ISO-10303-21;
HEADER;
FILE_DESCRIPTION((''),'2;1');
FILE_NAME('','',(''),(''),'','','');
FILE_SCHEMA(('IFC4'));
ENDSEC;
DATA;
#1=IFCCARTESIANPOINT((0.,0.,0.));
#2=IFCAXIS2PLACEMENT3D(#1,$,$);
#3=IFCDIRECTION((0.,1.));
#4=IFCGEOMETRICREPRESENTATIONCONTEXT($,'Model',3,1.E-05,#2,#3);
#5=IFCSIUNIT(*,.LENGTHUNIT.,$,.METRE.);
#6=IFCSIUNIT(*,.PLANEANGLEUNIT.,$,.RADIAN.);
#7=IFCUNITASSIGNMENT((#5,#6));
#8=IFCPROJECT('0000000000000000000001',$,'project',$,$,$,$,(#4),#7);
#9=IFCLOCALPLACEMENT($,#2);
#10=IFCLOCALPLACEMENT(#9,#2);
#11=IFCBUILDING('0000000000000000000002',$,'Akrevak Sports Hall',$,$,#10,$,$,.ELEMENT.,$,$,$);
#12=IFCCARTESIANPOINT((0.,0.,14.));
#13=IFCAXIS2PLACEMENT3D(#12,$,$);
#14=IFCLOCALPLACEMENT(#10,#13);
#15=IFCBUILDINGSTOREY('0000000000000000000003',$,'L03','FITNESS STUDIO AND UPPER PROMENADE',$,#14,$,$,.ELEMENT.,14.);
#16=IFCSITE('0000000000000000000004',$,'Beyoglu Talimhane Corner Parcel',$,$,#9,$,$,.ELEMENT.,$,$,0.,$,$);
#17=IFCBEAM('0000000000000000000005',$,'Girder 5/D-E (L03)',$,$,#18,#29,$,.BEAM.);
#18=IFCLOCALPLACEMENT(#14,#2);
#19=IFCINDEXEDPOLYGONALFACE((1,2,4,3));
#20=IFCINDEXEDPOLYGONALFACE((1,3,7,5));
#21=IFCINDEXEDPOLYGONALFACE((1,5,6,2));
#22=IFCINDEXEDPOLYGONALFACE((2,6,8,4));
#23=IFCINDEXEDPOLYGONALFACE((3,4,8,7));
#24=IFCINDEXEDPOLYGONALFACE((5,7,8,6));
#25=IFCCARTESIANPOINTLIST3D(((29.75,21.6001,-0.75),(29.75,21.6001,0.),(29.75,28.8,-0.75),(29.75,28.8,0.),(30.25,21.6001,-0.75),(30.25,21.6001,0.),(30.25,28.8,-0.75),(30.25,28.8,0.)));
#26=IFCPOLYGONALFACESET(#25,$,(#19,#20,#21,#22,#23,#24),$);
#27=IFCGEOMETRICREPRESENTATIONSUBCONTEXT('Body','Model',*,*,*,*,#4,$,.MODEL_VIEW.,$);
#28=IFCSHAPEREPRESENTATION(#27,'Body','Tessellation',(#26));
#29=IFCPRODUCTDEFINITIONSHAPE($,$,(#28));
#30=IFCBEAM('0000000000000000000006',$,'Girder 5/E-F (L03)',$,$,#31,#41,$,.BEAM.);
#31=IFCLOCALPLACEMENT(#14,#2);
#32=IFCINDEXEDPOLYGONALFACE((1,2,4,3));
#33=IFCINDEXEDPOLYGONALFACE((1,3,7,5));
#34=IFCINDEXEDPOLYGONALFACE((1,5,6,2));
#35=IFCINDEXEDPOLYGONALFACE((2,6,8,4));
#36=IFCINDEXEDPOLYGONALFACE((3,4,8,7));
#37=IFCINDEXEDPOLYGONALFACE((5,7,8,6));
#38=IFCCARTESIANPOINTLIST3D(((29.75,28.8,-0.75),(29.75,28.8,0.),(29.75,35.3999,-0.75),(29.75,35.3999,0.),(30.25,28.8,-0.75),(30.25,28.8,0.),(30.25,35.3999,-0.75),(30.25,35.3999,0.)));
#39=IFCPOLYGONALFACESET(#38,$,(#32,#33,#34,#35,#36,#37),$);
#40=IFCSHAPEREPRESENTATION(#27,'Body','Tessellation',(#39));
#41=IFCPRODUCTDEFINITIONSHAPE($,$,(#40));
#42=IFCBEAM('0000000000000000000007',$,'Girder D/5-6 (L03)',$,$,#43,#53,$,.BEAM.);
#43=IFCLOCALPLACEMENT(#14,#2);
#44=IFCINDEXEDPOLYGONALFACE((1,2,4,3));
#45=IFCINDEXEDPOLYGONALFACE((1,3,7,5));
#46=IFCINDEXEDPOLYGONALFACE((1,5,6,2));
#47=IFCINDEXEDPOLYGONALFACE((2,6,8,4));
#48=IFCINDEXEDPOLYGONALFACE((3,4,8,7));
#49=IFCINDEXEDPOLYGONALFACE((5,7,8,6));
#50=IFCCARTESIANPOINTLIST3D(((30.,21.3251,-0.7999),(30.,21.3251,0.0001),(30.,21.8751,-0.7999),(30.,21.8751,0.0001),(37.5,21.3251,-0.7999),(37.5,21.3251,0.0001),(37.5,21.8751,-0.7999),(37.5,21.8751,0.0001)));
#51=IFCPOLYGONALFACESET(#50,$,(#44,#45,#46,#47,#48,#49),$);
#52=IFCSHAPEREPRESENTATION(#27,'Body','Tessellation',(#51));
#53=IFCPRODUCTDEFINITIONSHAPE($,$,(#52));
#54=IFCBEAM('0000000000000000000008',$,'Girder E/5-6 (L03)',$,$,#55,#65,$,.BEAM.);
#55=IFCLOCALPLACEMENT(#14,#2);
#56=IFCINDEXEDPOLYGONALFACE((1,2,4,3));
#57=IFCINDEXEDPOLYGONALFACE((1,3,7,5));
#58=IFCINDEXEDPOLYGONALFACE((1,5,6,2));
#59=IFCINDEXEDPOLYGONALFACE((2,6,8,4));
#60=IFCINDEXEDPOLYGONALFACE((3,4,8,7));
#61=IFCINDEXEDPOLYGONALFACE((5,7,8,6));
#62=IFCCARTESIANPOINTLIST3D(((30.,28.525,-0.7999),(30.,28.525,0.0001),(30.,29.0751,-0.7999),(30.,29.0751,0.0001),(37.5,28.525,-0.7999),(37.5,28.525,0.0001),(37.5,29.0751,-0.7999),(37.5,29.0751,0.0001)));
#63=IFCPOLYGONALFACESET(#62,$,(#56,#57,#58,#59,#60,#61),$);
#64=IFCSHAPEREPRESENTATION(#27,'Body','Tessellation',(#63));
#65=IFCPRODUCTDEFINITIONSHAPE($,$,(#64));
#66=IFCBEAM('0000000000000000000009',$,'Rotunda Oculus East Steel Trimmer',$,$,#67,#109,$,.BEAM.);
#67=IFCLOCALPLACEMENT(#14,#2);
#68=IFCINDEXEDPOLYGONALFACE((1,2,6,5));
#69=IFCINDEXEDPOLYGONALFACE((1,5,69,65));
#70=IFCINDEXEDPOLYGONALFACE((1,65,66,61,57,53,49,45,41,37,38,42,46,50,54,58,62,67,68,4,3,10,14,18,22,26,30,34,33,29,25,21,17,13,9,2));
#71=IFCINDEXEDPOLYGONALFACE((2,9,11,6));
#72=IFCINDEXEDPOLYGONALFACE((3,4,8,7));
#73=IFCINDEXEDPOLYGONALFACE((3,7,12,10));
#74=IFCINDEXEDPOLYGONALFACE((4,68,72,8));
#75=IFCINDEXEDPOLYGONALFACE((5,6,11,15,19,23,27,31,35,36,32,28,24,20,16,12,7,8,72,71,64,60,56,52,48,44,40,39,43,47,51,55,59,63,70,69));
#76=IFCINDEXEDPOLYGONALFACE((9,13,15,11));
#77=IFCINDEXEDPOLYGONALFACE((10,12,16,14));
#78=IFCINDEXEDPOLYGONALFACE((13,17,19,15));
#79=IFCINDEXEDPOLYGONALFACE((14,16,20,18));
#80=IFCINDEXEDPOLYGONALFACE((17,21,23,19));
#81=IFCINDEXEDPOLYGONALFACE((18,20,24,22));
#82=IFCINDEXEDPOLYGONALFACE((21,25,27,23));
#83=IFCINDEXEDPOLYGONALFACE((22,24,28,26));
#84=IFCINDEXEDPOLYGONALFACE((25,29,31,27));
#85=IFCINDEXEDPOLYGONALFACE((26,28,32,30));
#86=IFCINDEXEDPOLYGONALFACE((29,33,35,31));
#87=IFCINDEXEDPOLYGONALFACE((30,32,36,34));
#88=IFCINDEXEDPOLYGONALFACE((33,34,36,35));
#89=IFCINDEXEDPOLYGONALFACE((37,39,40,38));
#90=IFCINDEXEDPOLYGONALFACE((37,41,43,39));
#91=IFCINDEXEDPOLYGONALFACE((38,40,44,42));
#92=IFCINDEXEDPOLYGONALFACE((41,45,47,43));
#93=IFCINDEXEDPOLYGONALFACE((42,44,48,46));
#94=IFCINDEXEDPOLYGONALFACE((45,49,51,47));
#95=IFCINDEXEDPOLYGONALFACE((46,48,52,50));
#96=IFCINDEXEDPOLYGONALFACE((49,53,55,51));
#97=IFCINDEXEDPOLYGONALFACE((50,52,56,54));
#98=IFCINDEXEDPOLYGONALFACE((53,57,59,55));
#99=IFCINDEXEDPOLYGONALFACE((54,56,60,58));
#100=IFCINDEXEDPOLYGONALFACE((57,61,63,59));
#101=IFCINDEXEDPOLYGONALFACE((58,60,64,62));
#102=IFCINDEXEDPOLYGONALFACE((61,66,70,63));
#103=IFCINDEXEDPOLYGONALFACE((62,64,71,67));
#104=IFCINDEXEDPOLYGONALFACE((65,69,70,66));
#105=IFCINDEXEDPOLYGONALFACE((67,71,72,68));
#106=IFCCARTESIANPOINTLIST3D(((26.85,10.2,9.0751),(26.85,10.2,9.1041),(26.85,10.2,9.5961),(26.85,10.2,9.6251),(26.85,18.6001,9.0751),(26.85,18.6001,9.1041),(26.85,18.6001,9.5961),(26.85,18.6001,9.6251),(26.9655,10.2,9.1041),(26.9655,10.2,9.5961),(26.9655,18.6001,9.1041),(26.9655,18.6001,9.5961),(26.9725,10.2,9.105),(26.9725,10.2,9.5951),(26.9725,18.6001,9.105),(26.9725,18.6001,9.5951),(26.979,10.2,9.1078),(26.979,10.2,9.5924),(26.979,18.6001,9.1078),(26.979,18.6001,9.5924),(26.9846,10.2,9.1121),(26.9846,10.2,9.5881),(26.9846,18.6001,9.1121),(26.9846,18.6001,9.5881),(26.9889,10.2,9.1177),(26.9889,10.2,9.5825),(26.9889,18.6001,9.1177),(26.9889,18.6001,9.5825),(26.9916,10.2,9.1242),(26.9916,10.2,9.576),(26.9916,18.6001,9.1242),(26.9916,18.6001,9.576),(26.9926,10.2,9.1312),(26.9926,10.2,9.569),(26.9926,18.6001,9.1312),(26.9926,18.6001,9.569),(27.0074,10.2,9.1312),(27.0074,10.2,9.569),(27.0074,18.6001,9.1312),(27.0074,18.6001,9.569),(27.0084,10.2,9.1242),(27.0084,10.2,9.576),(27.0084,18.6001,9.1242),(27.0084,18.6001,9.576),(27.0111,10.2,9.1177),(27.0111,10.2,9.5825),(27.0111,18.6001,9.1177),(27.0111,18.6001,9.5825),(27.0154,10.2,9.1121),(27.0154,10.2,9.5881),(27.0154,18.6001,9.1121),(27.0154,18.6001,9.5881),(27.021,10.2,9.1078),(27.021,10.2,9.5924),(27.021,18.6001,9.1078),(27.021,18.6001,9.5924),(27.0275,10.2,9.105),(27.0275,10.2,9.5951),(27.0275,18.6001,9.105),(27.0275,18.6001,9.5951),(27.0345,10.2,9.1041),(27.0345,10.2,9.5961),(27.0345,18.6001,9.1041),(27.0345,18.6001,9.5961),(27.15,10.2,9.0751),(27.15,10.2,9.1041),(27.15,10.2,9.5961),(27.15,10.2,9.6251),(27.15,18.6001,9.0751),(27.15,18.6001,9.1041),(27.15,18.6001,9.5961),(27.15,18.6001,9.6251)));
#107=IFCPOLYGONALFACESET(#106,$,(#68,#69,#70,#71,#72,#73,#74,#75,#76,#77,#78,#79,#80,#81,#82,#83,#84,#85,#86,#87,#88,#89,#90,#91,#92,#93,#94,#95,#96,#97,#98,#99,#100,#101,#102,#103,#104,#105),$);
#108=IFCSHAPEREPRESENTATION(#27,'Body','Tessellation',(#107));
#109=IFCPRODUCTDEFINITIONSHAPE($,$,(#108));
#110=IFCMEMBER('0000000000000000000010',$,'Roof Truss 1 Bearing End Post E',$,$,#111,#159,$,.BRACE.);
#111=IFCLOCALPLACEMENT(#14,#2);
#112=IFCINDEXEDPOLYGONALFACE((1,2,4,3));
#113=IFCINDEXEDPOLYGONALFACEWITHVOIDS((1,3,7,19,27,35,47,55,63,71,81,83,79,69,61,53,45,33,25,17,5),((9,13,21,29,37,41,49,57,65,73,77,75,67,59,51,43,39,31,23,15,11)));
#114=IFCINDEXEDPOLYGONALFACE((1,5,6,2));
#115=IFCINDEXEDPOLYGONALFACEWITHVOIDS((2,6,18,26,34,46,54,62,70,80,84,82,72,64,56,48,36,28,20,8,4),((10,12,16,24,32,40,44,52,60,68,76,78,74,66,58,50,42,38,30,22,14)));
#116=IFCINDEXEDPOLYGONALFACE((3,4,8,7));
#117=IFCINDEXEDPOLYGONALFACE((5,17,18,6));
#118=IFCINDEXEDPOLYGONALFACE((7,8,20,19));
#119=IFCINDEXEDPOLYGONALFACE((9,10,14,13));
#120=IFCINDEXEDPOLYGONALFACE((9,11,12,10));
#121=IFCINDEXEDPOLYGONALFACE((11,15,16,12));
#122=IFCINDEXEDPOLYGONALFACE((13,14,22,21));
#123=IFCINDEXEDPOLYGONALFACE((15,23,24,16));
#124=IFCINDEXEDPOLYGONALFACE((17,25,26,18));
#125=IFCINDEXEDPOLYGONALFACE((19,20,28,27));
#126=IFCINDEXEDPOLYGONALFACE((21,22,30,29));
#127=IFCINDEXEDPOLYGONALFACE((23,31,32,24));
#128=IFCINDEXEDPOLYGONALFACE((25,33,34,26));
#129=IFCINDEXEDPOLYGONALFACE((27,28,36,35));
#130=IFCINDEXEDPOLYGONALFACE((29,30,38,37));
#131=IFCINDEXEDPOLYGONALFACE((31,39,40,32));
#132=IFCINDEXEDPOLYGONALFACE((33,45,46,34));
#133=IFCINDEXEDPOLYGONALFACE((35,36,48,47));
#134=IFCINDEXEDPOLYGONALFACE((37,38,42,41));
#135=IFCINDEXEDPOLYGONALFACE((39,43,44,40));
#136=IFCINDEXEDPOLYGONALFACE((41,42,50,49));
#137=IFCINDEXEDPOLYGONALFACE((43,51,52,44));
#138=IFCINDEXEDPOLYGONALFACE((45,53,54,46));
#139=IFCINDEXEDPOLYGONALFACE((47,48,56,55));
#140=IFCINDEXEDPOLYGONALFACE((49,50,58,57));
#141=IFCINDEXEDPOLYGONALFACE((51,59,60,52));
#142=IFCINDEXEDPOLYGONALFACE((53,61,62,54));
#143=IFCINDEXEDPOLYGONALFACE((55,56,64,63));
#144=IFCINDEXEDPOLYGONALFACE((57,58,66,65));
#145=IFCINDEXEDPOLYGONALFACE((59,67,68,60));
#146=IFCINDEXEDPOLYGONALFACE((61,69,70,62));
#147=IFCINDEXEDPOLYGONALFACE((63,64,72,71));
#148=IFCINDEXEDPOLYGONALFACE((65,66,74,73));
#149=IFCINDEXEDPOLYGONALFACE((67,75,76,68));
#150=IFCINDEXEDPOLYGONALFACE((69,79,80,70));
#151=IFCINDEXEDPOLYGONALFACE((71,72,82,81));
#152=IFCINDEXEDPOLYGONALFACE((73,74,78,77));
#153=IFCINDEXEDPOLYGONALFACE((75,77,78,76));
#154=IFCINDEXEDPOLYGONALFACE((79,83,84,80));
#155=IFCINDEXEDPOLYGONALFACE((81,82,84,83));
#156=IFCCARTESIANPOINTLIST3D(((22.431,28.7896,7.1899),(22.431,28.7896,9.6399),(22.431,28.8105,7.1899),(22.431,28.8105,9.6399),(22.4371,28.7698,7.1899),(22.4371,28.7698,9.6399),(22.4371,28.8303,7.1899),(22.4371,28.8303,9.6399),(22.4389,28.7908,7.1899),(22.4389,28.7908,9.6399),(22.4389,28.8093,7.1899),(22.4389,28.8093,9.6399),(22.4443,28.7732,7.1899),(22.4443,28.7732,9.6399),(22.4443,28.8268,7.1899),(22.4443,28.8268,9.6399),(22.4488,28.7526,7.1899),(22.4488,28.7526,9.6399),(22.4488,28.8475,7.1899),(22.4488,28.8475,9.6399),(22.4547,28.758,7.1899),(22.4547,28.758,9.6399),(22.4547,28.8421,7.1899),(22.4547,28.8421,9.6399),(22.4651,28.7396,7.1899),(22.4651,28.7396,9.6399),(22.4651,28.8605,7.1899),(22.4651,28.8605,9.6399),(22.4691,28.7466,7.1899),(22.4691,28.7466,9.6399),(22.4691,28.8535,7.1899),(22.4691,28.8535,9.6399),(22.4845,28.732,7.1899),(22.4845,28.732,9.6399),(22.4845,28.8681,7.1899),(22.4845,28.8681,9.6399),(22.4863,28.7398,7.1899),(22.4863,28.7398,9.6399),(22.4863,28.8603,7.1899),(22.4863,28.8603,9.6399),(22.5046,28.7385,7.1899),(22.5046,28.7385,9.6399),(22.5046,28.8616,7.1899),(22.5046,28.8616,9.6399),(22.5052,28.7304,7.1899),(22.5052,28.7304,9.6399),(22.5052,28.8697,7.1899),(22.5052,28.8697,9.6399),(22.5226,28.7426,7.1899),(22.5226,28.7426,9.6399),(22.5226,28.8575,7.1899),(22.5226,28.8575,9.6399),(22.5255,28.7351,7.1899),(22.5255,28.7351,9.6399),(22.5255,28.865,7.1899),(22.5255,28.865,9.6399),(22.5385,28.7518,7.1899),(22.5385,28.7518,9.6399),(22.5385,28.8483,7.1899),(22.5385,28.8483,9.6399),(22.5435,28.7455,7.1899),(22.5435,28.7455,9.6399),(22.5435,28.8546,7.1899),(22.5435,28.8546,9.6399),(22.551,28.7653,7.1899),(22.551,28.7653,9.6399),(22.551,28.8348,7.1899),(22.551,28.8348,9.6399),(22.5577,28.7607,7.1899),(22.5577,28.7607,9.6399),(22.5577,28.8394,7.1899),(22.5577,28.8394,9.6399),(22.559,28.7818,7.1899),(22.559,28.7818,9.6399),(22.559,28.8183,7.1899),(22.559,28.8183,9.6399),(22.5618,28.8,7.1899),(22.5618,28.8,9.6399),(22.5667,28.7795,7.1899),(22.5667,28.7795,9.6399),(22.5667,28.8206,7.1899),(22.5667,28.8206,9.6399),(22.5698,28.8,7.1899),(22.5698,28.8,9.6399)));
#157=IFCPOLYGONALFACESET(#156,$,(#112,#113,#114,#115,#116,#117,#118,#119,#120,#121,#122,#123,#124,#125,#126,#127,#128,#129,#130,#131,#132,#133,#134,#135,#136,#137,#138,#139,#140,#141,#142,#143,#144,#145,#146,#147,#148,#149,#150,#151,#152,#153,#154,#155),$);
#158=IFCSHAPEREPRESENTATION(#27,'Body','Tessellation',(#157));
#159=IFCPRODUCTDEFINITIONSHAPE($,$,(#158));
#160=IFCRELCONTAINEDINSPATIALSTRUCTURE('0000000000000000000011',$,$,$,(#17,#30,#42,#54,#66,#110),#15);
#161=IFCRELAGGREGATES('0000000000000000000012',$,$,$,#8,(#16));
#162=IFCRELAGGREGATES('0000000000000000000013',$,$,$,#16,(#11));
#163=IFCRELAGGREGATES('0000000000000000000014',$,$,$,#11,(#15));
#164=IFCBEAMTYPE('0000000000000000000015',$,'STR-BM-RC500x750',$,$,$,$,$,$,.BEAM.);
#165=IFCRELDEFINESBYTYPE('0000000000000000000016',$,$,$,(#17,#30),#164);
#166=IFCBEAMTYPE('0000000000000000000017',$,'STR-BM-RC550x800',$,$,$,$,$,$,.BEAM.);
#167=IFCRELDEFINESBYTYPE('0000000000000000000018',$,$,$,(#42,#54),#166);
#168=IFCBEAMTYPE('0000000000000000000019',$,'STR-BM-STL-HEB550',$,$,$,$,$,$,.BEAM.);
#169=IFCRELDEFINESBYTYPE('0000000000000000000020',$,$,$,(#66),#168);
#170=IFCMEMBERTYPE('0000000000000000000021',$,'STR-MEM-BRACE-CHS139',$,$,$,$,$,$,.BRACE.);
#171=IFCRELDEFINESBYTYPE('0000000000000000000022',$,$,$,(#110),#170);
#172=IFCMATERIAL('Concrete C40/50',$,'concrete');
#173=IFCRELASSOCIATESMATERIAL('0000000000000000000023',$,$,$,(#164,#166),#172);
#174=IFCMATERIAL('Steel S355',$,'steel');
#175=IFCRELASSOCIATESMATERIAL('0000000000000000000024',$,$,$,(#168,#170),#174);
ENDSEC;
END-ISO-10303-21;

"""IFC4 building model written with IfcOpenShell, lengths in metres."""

from ifc_helpers import new_model, si_unit, direction, frame, origin, origin_2d, place, context, subcontext, project, spatial, rectangle, hollow_circle, i_section, extrude, material, material_profile, profile_set, type_object, element, save


model = new_model("IFC4")

# Units and contexts
model_context = context("Model", 3, precision=1e-05, world=origin(), true_north=direction((0.0, 1.0)))
body_context = subcontext(model_context, "Body", "Model", "MODEL_VIEW")
ifc_project = project(units=[si_unit("LENGTHUNIT", "METRE"), si_unit("PLANEANGLEUNIT", "RADIAN")], contexts=[model_context])

# Site, building, storey
site_placement = place(None, origin())
site = spatial("IfcSite", under=ifc_project, at=site_placement, Name="Beyoglu Talimhane Corner Parcel", CompositionType="ELEMENT", RefElevation=0.0)
building_placement = place(site_placement, origin())
building = spatial("IfcBuilding", under=site, at=building_placement, Name="Akrevak Sports Hall", CompositionType="ELEMENT")
storey_placement = place(building_placement, frame((0.0, 0.0, 14.0)))
storey = spatial("IfcBuildingStorey", under=building, at=storey_placement, Name="L03", Description="FITNESS STUDIO AND UPPER PROMENADE", CompositionType="ELEMENT", Elevation=14.0)

# Shared definitions
ifc_material_1 = material(Name="Concrete C40/50", Category="concrete")

# Beams
ifc_material_profile_1 = material_profile(ifc_material_1, rectangle(XDim=0.5, YDim=0.75, at=origin_2d()), Name="BM 500x750", Category="concrete")
ifc_profile_set_1 = profile_set([ifc_material_profile_1], Name="Concrete C40/50")
beam_type_1 = type_object("IfcBeamType", Name="STR-BM-RC500x750", PredefinedType="BEAM", material=ifc_profile_set_1)
beam_1_placement = place(storey_placement, frame((30.0, 21.6001, -0.375), z_axis=(0.0, 1.0, 0.0), x_axis=(-1.0, 0.0, 0.0)))
element("IfcBeam", 1, at=beam_1_placement, inside=storey, type_object=beam_type_1, Name="Girder 5/D-E (L03)", PredefinedType="BEAM", context=body_context, shape_type="SweptSolid", body=[
    extrude(rectangle(XDim=0.5, YDim=0.75, at=origin_2d()), origin(), (0.0, 0.0, 1.0), 7.2),
])
beam_2_placement = place(storey_placement, frame((30.0, 28.8, -0.375), z_axis=(0.0, 1.0, 0.0), x_axis=(-1.0, 0.0, 0.0)))
element("IfcBeam", 2, at=beam_2_placement, inside=storey, type_object=beam_type_1, Name="Girder 5/E-F (L03)", PredefinedType="BEAM", context=body_context, shape_type="SweptSolid", body=[
    extrude(rectangle(XDim=0.5, YDim=0.75, at=origin_2d()), origin(), (0.0, 0.0, 1.0), 6.5999),
])
ifc_material_profile_2 = material_profile(ifc_material_1, rectangle(XDim=0.55, YDim=0.8, at=origin_2d()), Name="BM 550x800", Category="concrete")
ifc_profile_set_2 = profile_set([ifc_material_profile_2], Name="Concrete C40/50")
beam_type_2 = type_object("IfcBeamType", Name="STR-BM-RC550x800", PredefinedType="BEAM", material=ifc_profile_set_2)
for number, where, z_axis, x_axis, name in (
    (3, (30.0, 21.6001, -0.3999), (1.0, 0.0, 0.0), (0.0, 1.0, 0.0), "Girder D/5-6 (L03)"),
    (4, (30.0, 28.8, -0.3999), (1.0, 0.0, 0.0), (0.0, 1.0, 0.0), "Girder E/5-6 (L03)"),
):
    element("IfcBeam", number, at=place(storey_placement, frame(where, z_axis=z_axis, x_axis=x_axis)), inside=storey, type_object=beam_type_2, Name=name, PredefinedType="BEAM", context=body_context, shape_type="SweptSolid", body=[
        extrude(rectangle(XDim=0.55, YDim=0.8, at=origin_2d()), origin(), (0.0, 0.0, 1.0), 7.5),
    ])
ifc_material_2 = material(Name="Steel S355", Category="steel")
ifc_material_profile_3 = material_profile(ifc_material_2, i_section(OverallWidth=0.3, OverallDepth=0.55, WebThickness=0.0149, FlangeThickness=0.0291, FilletRadius=0.0271, at=origin_2d()), Name="HEB 550", Category="steel")
ifc_profile_set_3 = profile_set([ifc_material_profile_3], Name="Steel S355")
beam_type_3 = type_object("IfcBeamType", Name="STR-BM-STL-HEB550", PredefinedType="BEAM", material=ifc_profile_set_3)
beam_3_placement = place(storey_placement, frame((27.0, 10.2, 9.3501), z_axis=(0.0, 1.0, 0.0), x_axis=(-1.0, 0.0, 0.0)))
element("IfcBeam", 5, at=beam_3_placement, inside=storey, type_object=beam_type_3, Name="Rotunda Oculus East Steel Trimmer", PredefinedType="BEAM", context=body_context, shape_type="SweptSolid", body=[
    extrude(i_section(OverallWidth=0.3, OverallDepth=0.55, WebThickness=0.0149, FlangeThickness=0.0291, FilletRadius=0.0271, at=origin_2d()), origin(), (0.0, 0.0, 1.0), 8.4001),
])

# Member
ifc_material_profile_4 = material_profile(ifc_material_2, hollow_circle(Radius=0.0698, WallThickness=0.0081, at=origin_2d()), Name="CHS 139.7x8", Category="steel")
ifc_profile_set_4 = profile_set([ifc_material_profile_4], Name="Steel S355")
member_type_1 = type_object("IfcMemberType", Name="STR-MEM-BRACE-CHS139", PredefinedType="BRACE", material=ifc_profile_set_4)
member_1_placement = place(storey_placement, frame((22.5, 28.8, 7.1899), z_axis=(0.0, 0.0, 1.0), x_axis=(1.0, 0.0, 0.0)))
element("IfcMember", 6, at=member_1_placement, inside=storey, type_object=member_type_1, Name="Roof Truss 1 Bearing End Post E", PredefinedType="BRACE", context=body_context, shape_type="SweptSolid", body=[
    extrude(hollow_circle(Radius=0.0698, WallThickness=0.0081, at=origin_2d()), origin(), (0.0, 0.0, 1.0), 2.45),
])

save(model, "model.ifc")
